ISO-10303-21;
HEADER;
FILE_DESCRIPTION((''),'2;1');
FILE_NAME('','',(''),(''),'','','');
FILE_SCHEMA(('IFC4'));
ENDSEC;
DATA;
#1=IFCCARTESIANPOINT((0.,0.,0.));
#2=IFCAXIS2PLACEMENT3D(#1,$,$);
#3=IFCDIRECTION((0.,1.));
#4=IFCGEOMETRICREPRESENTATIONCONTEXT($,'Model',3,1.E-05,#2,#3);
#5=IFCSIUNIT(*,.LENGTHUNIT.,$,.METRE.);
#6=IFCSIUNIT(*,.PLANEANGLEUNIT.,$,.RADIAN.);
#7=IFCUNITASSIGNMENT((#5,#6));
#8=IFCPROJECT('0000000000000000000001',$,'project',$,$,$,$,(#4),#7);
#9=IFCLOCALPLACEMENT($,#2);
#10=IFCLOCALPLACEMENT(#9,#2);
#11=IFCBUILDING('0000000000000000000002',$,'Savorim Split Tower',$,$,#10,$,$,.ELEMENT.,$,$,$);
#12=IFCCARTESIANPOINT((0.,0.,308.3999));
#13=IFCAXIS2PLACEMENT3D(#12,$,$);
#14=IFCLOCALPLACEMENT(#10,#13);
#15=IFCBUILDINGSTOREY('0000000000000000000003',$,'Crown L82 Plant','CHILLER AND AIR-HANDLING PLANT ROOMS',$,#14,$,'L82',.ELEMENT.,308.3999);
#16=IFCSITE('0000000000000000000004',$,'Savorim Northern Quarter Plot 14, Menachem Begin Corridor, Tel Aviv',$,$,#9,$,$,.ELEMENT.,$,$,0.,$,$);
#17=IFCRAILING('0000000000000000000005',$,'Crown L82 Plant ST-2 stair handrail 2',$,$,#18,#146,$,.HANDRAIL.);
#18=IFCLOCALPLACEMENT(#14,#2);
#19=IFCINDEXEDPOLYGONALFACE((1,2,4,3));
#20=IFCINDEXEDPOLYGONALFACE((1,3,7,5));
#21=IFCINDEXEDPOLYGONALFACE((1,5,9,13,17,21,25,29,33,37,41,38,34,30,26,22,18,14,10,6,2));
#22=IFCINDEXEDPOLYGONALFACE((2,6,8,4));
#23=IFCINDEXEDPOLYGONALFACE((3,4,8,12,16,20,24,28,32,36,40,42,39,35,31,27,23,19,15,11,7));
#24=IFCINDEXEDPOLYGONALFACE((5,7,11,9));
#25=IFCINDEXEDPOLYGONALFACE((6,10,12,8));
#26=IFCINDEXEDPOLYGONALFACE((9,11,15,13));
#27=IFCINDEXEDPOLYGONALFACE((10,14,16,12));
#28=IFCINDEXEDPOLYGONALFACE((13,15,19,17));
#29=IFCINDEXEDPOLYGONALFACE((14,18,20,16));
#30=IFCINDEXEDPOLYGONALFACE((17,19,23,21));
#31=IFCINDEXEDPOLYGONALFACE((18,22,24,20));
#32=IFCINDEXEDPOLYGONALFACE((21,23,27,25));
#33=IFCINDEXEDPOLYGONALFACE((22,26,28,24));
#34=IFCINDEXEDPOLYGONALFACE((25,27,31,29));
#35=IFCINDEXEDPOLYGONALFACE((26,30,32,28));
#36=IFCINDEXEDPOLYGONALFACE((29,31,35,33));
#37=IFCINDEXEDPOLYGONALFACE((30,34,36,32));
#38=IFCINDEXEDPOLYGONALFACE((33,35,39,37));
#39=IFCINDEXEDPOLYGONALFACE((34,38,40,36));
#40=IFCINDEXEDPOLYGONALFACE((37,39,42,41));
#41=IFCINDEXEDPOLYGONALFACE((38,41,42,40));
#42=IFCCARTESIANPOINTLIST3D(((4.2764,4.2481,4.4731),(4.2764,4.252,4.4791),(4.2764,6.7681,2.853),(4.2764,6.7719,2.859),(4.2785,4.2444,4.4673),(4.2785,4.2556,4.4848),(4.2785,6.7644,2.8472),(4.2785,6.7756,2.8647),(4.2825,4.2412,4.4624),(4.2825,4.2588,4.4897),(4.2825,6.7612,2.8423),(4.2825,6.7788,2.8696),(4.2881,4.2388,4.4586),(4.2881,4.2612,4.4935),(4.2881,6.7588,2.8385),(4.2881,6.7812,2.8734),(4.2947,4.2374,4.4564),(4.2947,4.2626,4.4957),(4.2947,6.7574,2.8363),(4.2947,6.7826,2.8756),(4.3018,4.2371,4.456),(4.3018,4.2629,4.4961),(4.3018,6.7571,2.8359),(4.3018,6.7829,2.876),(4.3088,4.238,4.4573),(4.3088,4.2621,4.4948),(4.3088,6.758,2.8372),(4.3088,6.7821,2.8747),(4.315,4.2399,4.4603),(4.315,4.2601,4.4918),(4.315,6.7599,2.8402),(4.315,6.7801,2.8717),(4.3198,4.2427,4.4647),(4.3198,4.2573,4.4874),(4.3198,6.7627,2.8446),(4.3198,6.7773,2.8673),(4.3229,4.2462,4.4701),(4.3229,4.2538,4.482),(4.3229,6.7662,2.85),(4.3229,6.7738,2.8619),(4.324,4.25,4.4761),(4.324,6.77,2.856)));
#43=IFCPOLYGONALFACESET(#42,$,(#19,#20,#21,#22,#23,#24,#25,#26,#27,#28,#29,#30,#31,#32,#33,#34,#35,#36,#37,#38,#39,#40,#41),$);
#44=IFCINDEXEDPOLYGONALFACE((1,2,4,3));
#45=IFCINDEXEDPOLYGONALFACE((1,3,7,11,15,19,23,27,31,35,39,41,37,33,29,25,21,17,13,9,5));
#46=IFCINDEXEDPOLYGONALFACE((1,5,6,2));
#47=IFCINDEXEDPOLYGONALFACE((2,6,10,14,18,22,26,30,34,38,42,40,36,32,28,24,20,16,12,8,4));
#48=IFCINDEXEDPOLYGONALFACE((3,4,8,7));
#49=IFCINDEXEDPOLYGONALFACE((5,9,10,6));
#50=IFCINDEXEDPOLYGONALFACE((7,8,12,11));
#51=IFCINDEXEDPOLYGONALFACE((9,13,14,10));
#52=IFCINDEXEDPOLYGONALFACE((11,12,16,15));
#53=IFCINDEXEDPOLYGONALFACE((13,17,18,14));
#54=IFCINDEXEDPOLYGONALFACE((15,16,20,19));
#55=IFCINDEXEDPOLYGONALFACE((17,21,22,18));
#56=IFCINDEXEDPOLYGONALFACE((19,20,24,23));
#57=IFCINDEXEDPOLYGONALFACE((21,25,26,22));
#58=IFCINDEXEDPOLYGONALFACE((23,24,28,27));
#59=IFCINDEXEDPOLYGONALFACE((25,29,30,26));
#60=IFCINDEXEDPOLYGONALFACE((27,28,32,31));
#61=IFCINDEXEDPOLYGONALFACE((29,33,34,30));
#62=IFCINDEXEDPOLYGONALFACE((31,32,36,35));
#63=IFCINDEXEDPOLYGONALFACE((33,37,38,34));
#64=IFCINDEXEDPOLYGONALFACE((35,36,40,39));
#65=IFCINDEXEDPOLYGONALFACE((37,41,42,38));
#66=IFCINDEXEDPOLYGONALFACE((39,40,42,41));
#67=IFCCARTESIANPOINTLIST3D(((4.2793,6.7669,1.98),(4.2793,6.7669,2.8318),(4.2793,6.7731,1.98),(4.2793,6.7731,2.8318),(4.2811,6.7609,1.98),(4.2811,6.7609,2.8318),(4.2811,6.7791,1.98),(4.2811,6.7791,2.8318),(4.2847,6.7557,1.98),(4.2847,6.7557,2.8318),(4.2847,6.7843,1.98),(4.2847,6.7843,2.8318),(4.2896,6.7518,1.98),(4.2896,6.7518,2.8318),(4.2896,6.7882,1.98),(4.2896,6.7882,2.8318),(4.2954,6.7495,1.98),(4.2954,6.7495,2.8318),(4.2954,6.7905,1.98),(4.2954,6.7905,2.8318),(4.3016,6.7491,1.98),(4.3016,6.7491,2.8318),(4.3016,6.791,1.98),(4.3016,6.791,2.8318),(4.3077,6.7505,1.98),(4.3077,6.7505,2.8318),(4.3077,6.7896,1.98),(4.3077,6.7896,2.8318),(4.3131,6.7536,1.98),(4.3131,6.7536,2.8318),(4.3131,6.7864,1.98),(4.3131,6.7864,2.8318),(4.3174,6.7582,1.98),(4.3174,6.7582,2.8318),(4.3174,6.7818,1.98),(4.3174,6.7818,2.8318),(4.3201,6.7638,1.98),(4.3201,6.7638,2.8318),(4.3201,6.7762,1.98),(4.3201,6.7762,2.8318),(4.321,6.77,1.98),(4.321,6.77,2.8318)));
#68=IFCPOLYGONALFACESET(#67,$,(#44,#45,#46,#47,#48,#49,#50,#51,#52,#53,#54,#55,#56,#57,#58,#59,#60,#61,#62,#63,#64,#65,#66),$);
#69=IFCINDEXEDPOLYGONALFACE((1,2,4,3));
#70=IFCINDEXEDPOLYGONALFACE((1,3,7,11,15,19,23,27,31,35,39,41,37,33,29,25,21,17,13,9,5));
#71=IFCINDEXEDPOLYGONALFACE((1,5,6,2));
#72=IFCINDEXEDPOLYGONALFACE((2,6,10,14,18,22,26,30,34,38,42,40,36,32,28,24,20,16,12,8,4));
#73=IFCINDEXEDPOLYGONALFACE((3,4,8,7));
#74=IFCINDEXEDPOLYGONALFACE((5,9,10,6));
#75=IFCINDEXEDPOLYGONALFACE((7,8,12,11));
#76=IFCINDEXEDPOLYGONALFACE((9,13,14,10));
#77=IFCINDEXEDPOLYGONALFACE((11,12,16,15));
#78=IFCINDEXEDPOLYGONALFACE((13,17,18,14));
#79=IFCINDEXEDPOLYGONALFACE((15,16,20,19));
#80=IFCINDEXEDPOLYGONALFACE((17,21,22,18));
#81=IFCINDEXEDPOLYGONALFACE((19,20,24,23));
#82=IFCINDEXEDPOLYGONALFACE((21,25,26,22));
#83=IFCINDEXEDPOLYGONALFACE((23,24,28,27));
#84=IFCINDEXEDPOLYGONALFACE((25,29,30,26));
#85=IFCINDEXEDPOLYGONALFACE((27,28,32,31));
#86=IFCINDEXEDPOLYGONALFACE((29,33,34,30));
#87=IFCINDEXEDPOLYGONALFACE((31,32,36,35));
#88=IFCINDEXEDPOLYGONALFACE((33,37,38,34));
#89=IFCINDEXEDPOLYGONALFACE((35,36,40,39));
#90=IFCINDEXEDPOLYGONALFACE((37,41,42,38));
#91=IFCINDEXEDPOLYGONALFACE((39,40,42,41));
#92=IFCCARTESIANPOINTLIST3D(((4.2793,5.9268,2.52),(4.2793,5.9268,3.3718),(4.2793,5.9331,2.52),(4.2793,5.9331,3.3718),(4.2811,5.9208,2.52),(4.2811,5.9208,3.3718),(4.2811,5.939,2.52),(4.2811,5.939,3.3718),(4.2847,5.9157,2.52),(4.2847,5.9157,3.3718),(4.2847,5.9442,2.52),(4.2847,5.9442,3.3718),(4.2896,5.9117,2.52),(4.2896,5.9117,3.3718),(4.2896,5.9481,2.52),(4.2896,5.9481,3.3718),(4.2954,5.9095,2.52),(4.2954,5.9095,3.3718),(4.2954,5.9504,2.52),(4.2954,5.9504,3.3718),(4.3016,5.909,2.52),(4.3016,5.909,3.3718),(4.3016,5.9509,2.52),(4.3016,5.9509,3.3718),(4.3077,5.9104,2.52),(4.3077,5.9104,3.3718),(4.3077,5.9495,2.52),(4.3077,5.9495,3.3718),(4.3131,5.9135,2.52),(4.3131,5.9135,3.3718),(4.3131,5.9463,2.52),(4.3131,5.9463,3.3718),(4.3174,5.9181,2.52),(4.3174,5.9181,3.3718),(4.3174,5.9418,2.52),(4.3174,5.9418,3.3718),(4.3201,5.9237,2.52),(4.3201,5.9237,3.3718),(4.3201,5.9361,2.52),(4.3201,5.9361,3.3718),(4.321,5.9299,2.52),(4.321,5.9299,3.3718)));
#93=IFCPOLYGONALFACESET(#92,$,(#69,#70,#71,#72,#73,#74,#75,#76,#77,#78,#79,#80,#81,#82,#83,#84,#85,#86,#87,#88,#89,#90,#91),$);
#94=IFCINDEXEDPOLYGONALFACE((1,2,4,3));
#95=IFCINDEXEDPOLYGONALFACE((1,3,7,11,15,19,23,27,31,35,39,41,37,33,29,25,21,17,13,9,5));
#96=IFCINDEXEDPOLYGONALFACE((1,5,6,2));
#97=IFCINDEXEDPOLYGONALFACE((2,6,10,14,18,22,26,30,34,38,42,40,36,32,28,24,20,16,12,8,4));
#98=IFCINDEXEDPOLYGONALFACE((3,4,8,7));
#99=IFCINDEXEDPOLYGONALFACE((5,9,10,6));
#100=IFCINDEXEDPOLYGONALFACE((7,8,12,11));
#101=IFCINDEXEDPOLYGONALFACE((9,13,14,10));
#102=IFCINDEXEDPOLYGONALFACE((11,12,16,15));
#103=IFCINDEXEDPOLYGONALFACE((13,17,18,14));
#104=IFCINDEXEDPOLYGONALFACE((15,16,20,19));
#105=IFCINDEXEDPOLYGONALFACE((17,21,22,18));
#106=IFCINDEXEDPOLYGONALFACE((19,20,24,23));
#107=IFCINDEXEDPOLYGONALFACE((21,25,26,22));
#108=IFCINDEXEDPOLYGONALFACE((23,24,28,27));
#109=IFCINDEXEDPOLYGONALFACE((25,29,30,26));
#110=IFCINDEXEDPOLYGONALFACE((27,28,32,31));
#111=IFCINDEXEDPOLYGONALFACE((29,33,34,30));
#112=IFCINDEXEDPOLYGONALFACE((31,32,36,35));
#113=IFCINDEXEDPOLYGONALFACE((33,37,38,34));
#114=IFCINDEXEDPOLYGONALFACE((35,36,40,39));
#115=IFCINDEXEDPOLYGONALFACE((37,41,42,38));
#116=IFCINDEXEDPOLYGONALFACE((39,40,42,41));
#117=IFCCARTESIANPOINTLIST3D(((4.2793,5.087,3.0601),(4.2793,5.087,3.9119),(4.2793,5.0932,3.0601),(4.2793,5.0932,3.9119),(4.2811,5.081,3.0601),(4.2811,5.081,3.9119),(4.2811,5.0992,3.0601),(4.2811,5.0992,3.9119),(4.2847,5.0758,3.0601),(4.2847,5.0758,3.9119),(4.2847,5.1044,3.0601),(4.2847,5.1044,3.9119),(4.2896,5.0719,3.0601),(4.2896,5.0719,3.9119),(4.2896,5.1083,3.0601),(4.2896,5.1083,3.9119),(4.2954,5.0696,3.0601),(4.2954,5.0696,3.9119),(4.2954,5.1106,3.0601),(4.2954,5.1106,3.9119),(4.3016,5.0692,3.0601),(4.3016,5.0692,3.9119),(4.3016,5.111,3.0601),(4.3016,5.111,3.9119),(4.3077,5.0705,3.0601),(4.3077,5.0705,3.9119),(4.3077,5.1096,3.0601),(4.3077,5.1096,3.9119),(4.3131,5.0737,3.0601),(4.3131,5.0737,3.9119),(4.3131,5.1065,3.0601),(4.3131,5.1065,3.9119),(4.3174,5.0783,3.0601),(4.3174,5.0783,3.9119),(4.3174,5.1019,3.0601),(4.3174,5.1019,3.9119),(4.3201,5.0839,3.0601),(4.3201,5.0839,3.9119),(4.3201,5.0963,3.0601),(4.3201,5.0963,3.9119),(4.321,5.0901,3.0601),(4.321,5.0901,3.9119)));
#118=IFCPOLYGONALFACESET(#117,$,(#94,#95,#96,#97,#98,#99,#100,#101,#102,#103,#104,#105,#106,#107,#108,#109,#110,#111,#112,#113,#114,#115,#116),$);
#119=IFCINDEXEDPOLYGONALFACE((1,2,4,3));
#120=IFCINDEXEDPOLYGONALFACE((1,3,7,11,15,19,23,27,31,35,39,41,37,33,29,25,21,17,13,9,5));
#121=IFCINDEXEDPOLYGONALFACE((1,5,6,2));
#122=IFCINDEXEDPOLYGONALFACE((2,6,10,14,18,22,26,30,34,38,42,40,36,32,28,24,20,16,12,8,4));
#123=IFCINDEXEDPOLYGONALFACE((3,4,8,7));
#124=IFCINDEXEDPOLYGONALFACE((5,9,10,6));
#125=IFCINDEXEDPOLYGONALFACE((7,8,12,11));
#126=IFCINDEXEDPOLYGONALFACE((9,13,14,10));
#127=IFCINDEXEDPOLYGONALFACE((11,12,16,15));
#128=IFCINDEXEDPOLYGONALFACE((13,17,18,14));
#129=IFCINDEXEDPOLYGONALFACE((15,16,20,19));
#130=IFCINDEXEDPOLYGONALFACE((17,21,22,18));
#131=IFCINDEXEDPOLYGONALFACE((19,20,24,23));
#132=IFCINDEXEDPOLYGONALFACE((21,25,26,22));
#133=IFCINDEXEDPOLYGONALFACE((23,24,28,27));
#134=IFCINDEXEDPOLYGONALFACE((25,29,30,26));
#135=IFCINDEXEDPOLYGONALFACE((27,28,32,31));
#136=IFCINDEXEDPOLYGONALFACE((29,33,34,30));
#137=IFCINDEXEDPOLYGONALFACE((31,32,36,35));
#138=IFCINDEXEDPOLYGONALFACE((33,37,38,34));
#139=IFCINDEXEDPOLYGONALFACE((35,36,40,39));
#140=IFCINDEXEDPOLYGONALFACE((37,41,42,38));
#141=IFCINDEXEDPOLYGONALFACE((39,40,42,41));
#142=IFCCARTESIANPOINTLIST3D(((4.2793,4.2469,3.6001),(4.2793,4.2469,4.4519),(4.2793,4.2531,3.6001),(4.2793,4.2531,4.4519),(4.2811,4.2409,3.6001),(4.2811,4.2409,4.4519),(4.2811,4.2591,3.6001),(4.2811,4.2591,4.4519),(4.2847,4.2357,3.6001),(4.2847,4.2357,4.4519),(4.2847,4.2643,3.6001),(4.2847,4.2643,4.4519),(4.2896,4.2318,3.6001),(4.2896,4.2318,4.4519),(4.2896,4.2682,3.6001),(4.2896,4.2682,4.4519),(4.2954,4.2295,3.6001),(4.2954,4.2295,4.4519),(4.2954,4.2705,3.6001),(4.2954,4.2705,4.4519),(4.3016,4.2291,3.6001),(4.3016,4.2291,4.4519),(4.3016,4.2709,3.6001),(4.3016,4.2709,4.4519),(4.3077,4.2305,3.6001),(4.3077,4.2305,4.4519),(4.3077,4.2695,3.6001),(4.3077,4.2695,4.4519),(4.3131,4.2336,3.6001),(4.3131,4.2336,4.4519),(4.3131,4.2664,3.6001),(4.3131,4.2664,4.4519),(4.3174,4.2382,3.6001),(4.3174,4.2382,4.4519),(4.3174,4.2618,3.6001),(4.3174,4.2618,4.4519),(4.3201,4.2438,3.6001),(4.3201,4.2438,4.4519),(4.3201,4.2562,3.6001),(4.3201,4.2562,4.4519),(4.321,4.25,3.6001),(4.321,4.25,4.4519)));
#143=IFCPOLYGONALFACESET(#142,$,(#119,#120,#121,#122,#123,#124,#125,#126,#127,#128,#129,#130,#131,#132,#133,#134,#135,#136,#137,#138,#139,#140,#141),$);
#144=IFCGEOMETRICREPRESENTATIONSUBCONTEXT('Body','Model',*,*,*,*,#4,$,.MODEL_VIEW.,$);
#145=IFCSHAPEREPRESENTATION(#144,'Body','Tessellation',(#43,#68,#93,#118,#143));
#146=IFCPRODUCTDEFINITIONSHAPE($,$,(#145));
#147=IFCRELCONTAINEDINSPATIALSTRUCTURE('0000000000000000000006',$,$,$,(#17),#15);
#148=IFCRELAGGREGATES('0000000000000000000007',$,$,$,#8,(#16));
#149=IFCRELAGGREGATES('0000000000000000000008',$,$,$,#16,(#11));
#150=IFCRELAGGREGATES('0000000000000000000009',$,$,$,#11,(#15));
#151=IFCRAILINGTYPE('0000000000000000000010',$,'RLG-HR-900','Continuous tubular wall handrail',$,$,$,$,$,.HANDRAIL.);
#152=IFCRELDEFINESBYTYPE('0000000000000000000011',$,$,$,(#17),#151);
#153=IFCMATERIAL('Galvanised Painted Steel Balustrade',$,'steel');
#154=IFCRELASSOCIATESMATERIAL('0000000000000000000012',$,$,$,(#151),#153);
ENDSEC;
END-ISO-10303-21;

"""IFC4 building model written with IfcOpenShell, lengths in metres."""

from ifc_helpers import new_model, si_unit, direction, frame, origin, origin_2d, place, context, subcontext, project, spatial, circle, extrude, material, type_object, element, save


model = new_model("IFC4")

# Units and contexts
model_context = context("Model", 3, precision=1e-05, world=origin(), true_north=direction((0.0, 1.0)))
body_context = subcontext(model_context, "Body", "Model", "MODEL_VIEW")
ifc_project = project(units=[si_unit("LENGTHUNIT", "METRE"), si_unit("PLANEANGLEUNIT", "RADIAN")], contexts=[model_context])

# Site, building, storey
site_placement = place(None, origin())
site = spatial("IfcSite", under=ifc_project, at=site_placement, Name="Savorim Northern Quarter Plot 14, Menachem Begin Corridor, Tel Aviv", CompositionType="ELEMENT", RefElevation=0.0)
building_placement = place(site_placement, origin())
building = spatial("IfcBuilding", under=site, at=building_placement, Name="Savorim Split Tower", CompositionType="ELEMENT")
storey_placement = place(building_placement, frame((0.0, 0.0, 308.3999)))
storey = spatial("IfcBuildingStorey", under=building, at=storey_placement, Name="Crown L82 Plant", Description="CHILLER AND AIR-HANDLING PLANT ROOMS", LongName="L82", CompositionType="ELEMENT", Elevation=308.3999)

# Railing
ifc_material_1 = material(Name="Galvanised Painted Steel Balustrade", Category="steel")
railing_type_1 = type_object("IfcRailingType", Name="RLG-HR-900", Description="Continuous tubular wall handrail", PredefinedType="HANDRAIL", material=ifc_material_1)
railing_1_placement = place(storey_placement, frame((4.3, 6.77, 1.98)))
element("IfcRailing", 1, at=railing_1_placement, inside=storey, type_object=railing_type_1, Name="Crown L82 Plant ST-2 stair handrail 2", PredefinedType="HANDRAIL", context=body_context, shape_type="SweptSolid", body=[
    extrude(circle(Radius=0.0239, at=origin_2d()), frame((0.0, 0.0, 0.876), z_axis=(0.0, -0.841163, 0.540782), x_axis=(1.0, 0.0, 0.0)), (0.0, 0.0, 1.0), 2.9958),
    extrude(circle(Radius=0.021, at=origin_2d()), origin(), (0.0, 0.0, 1.0), 0.8518),
    extrude(circle(Radius=0.021, at=origin_2d()), frame((0.0, -0.8401, 0.54)), (0.0, 0.0, 1.0), 0.8518),
    extrude(circle(Radius=0.021, at=origin_2d()), frame((0.0, -1.6799, 1.0801)), (0.0, 0.0, 1.0), 0.8518),
    extrude(circle(Radius=0.021, at=origin_2d()), frame((0.0, -2.52, 1.6201)), (0.0, 0.0, 1.0), 0.8518),
])

save(model, "model.ifc")
